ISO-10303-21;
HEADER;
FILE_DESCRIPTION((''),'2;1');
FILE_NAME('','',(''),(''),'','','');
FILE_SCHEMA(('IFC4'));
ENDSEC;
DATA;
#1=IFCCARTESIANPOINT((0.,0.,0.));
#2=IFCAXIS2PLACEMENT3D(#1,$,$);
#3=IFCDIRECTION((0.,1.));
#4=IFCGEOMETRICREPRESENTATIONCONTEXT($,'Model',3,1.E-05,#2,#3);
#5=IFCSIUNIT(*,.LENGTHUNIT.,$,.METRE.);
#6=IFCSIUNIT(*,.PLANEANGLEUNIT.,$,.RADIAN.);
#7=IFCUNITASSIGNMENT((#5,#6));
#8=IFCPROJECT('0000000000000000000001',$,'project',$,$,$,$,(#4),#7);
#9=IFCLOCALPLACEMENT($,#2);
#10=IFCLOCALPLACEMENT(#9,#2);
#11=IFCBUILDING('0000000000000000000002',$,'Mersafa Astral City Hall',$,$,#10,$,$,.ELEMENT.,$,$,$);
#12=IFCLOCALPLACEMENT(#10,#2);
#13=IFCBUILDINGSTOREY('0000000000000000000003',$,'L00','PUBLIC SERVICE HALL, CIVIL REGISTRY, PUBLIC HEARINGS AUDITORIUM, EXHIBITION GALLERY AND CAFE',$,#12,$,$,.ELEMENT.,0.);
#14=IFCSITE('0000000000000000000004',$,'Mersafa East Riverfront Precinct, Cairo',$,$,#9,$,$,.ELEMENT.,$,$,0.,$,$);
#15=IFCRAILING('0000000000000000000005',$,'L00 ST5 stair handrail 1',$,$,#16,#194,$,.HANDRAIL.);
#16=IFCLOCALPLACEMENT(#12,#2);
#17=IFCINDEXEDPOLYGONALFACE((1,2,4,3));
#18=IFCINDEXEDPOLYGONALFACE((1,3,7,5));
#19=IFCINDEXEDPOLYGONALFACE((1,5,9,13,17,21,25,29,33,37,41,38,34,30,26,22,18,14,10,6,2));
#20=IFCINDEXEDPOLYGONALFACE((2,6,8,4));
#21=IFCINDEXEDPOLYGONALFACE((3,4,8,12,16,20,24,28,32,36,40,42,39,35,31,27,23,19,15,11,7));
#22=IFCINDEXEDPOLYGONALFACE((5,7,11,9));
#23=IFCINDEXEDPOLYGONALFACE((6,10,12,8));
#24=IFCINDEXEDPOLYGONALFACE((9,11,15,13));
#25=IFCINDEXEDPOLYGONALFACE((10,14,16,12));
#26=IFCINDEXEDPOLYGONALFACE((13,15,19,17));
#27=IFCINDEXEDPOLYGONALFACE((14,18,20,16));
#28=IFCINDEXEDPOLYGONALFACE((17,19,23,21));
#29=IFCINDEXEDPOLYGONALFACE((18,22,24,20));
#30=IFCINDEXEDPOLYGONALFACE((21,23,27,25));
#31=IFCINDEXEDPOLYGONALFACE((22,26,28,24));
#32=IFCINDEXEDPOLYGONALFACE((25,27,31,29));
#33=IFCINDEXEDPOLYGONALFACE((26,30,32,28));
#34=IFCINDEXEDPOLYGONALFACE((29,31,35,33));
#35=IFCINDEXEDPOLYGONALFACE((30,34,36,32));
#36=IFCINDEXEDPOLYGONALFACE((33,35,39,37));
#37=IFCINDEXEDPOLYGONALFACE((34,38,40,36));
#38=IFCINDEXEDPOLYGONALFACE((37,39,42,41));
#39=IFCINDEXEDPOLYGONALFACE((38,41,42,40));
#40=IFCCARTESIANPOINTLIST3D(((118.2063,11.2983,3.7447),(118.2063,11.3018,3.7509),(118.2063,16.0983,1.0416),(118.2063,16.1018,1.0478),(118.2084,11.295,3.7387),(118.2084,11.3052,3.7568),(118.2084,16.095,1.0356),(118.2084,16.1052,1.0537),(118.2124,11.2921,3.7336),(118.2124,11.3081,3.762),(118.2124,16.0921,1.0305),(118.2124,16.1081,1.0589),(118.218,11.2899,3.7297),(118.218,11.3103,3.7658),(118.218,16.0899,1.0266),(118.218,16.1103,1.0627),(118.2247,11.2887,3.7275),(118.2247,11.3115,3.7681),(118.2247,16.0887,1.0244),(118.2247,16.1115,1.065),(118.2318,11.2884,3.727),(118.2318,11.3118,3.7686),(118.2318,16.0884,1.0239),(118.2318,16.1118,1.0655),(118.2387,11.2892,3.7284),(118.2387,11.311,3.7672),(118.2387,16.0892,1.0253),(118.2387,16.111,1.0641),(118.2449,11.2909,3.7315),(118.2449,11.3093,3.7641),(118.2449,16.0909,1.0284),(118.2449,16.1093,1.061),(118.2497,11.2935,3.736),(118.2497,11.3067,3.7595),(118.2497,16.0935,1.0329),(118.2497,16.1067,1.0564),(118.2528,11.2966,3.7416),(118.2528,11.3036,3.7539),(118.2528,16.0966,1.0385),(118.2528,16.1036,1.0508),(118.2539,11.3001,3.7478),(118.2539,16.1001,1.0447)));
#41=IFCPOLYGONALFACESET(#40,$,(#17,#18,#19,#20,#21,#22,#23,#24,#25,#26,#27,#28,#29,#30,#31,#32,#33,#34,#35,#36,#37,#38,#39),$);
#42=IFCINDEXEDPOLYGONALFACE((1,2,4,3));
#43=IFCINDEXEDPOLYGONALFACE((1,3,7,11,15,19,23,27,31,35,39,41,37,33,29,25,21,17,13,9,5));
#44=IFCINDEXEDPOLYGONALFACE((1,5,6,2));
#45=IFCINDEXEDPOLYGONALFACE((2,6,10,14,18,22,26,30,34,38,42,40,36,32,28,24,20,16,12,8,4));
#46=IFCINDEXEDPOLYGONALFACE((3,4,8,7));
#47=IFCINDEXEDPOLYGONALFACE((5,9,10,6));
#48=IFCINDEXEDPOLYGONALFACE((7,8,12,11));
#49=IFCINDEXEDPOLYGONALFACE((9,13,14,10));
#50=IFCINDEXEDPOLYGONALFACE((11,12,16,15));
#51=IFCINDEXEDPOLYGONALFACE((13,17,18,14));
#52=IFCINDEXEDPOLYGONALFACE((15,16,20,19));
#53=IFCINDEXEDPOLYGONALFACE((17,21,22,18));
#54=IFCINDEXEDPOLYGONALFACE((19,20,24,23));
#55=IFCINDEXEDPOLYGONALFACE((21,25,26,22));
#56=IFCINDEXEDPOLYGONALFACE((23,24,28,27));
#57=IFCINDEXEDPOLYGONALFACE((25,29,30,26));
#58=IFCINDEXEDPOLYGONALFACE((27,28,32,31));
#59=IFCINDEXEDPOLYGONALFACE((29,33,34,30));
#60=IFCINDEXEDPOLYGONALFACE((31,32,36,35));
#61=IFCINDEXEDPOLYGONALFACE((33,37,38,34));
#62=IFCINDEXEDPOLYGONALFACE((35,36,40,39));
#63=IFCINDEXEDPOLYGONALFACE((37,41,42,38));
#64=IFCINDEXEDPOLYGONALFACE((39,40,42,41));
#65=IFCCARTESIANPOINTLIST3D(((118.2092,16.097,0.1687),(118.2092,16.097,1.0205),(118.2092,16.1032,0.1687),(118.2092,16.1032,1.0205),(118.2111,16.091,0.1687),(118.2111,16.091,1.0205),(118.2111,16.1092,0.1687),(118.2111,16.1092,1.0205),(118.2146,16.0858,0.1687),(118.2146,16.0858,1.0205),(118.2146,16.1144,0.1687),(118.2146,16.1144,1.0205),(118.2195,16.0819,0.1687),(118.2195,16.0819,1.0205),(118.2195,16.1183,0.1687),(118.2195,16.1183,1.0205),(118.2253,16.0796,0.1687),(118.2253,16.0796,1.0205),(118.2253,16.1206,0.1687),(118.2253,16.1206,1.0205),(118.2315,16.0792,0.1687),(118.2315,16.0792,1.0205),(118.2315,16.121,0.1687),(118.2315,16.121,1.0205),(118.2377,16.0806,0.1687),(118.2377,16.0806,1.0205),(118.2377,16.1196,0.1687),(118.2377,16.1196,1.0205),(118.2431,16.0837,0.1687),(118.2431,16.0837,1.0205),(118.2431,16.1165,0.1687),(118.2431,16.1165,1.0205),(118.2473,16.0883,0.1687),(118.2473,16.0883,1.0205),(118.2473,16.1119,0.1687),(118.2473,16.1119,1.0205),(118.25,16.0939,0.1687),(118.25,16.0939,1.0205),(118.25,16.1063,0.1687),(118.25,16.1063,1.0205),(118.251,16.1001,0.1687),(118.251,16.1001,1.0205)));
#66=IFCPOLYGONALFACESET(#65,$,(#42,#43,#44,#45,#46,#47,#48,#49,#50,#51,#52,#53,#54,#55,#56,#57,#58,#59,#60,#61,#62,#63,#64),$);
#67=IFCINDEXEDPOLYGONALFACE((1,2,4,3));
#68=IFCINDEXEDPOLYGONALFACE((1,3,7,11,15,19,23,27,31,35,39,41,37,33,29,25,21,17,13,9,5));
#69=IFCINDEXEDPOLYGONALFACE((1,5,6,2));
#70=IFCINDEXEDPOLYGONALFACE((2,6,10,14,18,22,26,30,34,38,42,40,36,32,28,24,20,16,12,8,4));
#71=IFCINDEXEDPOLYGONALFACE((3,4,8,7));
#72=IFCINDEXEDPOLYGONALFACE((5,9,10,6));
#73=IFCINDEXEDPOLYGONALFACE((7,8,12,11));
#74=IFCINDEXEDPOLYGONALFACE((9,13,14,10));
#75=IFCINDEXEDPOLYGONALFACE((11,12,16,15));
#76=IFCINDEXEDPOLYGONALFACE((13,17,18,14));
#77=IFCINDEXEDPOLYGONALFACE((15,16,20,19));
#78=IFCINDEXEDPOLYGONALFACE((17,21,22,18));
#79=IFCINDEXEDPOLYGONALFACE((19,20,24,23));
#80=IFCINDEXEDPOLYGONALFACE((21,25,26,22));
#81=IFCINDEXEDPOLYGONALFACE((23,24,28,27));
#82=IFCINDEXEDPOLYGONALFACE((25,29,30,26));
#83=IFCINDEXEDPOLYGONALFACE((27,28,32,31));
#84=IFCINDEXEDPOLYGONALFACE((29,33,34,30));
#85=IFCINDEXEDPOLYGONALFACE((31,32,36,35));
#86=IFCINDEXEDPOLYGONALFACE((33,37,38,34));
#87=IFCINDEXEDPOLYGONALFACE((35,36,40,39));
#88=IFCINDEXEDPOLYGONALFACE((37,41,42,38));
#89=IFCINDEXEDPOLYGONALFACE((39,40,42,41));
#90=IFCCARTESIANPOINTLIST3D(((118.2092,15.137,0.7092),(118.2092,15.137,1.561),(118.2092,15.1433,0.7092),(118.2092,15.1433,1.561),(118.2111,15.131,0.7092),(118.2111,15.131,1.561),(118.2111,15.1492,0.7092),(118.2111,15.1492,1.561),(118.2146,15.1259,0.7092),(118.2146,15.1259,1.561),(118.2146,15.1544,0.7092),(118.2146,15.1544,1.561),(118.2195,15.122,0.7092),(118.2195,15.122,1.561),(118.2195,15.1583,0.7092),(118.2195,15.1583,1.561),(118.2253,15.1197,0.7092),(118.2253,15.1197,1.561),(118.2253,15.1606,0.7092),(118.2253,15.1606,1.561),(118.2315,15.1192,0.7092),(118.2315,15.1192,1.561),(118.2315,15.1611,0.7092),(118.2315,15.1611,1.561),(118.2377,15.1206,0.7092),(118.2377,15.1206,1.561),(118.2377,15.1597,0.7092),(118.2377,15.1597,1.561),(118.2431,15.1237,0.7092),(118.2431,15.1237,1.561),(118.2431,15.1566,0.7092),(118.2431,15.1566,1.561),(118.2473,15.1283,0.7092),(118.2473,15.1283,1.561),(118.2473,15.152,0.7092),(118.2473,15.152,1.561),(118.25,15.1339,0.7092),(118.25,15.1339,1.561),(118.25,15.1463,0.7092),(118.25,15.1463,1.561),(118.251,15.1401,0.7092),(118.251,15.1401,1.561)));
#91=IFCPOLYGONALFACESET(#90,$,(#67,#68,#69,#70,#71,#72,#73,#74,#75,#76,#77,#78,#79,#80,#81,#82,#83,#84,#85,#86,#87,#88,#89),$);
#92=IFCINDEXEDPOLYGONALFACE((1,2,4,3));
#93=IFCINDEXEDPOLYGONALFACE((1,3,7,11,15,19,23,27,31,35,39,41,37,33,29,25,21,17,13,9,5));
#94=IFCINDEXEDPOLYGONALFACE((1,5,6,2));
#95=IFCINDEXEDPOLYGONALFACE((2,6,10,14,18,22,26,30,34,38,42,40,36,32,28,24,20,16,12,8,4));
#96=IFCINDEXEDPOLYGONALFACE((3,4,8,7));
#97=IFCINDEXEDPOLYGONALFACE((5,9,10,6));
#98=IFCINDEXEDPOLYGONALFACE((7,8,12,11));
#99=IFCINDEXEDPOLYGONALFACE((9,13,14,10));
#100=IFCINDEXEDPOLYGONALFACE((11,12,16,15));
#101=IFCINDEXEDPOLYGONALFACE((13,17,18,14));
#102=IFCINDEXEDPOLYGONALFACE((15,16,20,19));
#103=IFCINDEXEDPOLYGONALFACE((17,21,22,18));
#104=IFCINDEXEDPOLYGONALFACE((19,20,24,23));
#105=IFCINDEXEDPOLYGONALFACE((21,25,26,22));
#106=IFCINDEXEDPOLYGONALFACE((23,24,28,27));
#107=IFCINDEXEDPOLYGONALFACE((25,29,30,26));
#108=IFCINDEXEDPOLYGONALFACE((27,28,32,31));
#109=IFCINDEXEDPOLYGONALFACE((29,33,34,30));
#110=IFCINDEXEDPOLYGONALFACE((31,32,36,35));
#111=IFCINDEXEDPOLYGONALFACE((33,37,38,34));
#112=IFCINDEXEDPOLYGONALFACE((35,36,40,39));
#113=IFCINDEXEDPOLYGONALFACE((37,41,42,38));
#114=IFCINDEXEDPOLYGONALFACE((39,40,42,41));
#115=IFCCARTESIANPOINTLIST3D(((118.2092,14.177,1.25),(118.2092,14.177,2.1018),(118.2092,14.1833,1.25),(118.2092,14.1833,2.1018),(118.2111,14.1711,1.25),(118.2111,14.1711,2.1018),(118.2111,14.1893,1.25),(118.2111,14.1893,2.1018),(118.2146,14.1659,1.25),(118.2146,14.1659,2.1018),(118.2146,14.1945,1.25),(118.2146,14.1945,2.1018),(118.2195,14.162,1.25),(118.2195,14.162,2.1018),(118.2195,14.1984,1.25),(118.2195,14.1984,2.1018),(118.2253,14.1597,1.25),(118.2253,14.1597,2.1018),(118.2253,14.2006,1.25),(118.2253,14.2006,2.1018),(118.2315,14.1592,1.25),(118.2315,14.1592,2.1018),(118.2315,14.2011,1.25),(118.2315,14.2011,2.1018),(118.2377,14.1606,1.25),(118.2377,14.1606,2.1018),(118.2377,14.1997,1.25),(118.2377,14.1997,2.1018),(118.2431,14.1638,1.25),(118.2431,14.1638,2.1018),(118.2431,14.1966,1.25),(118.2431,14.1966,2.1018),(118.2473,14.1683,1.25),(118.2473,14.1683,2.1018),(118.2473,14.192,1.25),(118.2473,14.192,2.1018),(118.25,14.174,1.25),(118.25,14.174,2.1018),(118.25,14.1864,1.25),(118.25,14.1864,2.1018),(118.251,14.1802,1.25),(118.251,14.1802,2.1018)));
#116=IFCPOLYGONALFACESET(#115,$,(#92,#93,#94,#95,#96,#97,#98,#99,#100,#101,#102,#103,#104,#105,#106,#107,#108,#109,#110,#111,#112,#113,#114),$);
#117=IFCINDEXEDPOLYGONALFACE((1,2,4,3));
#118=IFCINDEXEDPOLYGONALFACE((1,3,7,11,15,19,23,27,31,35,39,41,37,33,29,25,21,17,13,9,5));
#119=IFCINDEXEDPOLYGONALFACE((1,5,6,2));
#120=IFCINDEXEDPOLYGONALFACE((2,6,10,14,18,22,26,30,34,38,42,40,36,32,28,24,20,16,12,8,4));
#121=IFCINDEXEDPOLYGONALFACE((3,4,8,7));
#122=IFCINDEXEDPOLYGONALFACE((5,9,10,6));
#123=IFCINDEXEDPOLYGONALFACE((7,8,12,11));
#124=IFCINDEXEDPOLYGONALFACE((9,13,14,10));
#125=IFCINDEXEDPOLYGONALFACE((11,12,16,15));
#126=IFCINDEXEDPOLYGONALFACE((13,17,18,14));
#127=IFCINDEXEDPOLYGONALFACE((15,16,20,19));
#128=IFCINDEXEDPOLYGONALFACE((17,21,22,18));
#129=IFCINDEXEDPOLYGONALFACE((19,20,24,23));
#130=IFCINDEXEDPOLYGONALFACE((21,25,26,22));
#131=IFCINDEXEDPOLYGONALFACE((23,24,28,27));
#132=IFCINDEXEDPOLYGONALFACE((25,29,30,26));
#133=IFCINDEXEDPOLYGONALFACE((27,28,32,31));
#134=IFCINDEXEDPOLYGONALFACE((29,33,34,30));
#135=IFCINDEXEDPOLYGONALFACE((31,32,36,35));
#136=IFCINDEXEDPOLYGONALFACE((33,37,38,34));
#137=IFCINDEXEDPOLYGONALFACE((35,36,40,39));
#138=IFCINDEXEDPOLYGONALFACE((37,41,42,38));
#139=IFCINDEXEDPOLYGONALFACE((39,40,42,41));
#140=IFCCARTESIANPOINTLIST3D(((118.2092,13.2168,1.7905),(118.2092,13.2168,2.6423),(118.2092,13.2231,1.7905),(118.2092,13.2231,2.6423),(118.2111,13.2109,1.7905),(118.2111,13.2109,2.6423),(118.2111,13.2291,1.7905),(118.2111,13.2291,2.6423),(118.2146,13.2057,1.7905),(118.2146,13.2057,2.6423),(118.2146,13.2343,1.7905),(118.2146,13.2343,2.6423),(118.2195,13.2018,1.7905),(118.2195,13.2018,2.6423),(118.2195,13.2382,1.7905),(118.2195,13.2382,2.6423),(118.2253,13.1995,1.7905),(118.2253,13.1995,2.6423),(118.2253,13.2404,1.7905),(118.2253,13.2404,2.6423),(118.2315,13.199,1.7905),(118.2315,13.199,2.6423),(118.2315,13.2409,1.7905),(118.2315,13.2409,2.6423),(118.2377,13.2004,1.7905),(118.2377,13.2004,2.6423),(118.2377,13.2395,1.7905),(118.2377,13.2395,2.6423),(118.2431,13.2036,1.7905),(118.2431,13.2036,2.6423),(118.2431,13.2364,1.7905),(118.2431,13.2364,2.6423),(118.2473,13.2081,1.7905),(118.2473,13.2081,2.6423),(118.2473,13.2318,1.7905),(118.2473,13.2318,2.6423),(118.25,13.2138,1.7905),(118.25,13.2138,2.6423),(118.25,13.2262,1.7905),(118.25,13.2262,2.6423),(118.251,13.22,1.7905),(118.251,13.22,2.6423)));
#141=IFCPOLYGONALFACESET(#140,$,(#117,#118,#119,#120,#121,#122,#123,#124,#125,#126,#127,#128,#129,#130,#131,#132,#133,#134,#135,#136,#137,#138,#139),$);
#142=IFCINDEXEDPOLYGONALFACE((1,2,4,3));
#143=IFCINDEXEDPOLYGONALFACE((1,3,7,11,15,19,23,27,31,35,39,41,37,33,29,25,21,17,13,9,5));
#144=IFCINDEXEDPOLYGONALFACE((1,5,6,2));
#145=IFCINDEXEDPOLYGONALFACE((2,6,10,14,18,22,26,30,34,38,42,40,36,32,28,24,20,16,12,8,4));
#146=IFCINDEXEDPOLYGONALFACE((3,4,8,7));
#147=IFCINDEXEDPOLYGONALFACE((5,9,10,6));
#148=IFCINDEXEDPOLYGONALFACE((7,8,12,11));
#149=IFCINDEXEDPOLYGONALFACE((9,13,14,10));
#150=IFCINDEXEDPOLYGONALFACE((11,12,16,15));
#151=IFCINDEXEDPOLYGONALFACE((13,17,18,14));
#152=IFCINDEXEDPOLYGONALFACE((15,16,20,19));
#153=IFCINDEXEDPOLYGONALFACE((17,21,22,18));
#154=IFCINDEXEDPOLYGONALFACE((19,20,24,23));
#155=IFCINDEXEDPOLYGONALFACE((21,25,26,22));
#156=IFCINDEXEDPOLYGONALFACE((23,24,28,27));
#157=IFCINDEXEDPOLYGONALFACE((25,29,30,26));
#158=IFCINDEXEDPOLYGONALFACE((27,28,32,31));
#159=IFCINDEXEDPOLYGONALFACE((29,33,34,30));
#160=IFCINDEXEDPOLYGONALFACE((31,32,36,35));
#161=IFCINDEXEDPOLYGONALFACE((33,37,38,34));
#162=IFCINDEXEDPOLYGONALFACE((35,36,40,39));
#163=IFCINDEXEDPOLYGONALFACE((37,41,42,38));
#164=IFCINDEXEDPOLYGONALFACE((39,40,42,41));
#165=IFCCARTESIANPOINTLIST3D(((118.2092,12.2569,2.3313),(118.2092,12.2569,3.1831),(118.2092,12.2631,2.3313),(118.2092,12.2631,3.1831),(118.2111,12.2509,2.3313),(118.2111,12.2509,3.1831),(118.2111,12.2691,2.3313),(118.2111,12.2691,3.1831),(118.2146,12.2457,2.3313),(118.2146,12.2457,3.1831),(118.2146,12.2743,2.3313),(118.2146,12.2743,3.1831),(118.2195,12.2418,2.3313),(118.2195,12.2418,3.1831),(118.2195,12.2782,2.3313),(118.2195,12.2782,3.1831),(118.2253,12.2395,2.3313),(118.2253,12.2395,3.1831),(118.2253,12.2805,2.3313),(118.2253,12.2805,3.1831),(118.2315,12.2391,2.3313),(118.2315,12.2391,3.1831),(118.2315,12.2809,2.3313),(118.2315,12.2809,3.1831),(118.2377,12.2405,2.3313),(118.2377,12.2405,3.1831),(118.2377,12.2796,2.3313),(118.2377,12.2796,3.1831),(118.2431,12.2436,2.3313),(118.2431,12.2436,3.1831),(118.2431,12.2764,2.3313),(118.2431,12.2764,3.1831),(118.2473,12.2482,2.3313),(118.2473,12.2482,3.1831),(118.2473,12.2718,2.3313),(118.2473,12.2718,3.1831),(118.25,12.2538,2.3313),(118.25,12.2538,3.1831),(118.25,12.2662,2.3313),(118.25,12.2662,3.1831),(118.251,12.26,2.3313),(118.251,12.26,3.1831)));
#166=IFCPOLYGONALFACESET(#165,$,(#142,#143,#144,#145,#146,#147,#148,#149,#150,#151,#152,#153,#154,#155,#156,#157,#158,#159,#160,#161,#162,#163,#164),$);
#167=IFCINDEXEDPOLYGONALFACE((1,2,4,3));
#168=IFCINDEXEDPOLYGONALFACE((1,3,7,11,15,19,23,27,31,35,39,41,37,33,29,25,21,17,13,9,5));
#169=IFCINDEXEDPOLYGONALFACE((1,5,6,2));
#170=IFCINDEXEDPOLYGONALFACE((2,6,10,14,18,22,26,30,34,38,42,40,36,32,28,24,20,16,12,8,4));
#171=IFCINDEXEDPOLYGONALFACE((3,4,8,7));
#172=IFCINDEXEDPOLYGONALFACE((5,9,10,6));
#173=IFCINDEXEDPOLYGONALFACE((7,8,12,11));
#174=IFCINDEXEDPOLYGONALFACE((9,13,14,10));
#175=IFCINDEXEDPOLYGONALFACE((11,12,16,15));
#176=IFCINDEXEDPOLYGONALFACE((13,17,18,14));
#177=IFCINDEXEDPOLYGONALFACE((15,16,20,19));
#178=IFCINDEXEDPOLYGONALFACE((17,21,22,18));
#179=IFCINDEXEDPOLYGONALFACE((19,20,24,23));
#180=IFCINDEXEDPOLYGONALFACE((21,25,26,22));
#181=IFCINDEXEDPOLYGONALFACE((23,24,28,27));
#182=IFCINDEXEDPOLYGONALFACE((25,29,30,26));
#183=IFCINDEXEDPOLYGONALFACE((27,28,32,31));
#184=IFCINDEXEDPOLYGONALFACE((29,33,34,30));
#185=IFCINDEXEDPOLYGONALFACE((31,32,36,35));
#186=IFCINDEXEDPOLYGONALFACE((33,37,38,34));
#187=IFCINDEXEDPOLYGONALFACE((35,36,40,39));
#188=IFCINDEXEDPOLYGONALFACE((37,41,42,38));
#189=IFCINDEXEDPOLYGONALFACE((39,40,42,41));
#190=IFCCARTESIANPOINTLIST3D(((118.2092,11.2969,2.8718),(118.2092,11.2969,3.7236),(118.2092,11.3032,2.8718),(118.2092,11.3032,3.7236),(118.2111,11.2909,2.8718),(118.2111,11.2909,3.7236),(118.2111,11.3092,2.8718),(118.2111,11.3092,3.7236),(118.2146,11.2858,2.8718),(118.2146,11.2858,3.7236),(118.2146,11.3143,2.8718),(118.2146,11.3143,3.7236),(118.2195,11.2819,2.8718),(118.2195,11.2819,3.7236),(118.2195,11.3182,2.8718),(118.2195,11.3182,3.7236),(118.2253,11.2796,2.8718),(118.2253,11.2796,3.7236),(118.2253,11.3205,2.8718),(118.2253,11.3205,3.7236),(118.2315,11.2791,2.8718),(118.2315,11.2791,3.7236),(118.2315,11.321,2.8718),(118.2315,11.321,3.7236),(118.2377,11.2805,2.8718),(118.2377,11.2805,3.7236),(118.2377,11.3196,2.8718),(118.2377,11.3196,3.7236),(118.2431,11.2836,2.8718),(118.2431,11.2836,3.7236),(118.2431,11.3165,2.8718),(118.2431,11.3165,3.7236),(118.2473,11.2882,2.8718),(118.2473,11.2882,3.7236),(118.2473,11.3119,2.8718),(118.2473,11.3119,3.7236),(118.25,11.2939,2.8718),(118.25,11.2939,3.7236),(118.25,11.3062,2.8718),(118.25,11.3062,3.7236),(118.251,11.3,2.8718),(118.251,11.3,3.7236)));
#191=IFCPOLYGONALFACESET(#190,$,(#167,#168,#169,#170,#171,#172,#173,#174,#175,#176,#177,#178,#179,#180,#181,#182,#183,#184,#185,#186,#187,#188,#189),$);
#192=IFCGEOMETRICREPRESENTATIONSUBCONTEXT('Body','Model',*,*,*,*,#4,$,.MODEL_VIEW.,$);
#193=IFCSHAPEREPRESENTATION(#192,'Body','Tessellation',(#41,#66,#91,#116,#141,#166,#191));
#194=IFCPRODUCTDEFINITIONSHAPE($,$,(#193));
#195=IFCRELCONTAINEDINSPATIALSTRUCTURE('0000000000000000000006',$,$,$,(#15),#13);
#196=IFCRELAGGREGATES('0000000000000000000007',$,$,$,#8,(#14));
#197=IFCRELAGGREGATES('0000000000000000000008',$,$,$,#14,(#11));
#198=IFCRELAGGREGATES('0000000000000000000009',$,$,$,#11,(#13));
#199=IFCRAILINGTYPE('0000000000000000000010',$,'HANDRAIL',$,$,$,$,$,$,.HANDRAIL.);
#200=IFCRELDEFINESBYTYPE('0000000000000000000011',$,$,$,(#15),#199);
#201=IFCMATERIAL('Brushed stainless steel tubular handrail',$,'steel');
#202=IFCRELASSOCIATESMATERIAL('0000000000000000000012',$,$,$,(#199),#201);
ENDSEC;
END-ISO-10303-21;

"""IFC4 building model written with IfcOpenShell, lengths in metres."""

from ifc_helpers import new_model, si_unit, direction, frame, origin, origin_2d, place, context, subcontext, project, spatial, circle, extrude, material, type_object, element, save


model = new_model("IFC4")

# Units and contexts
model_context = context("Model", 3, precision=1e-05, world=origin(), true_north=direction((0.0, 1.0)))
body_context = subcontext(model_context, "Body", "Model", "MODEL_VIEW")
ifc_project = project(units=[si_unit("LENGTHUNIT", "METRE"), si_unit("PLANEANGLEUNIT", "RADIAN")], contexts=[model_context])

# Site, building, storey
site_placement = place(None, origin())
site = spatial("IfcSite", under=ifc_project, at=site_placement, Name="Mersafa East Riverfront Precinct, Cairo", CompositionType="ELEMENT", RefElevation=0.0)
building_placement = place(site_placement, origin())
building = spatial("IfcBuilding", under=site, at=building_placement, Name="Mersafa Astral City Hall", CompositionType="ELEMENT")
storey_placement = place(building_placement, origin())
storey = spatial("IfcBuildingStorey", under=building, at=storey_placement, Name="L00", Description="PUBLIC SERVICE HALL, CIVIL REGISTRY, PUBLIC HEARINGS AUDITORIUM, EXHIBITION GALLERY AND CAFE", CompositionType="ELEMENT", Elevation=0.0)

# Railing
ifc_material_1 = material(Name="Brushed stainless steel tubular handrail", Category="steel")
railing_type_1 = type_object("IfcRailingType", Name="HANDRAIL", PredefinedType="HANDRAIL", material=ifc_material_1)
railing_1_placement = place(storey_placement, frame((118.23, 16.1001, 0.1687)))
element("IfcRailing", 1, at=railing_1_placement, inside=storey, type_object=railing_type_1, Name="L00 ST5 stair handrail 1", PredefinedType="HANDRAIL", context=body_context, shape_type="SweptSolid", body=[
    extrude(circle(Radius=0.0239, at=origin_2d()), frame((0.0, 0.0, 0.876), z_axis=(0.0, -0.871335, 0.490688), x_axis=(1.0, 0.0, 0.0)), (0.0, 0.0, 1.0), 5.5088),
    extrude(circle(Radius=0.021, at=origin_2d()), origin(), (0.0, 0.0, 1.0), 0.8518),
    extrude(circle(Radius=0.021, at=origin_2d()), frame((0.0, -0.96, 0.5405)), (0.0, 0.0, 1.0), 0.8518),
    extrude(circle(Radius=0.021, at=origin_2d()), frame((0.0, -1.9199, 1.0813)), (0.0, 0.0, 1.0), 0.8518),
    extrude(circle(Radius=0.021, at=origin_2d()), frame((0.0, -2.8801, 1.6218)), (0.0, 0.0, 1.0), 0.8518),
    extrude(circle(Radius=0.021, at=origin_2d()), frame((0.0, -3.8401, 2.1626)), (0.0, 0.0, 1.0), 0.8518),
    extrude(circle(Radius=0.021, at=origin_2d()), frame((0.0, -4.8, 2.7031)), (0.0, 0.0, 1.0), 0.8518),
])

save(model, "model.ifc")
